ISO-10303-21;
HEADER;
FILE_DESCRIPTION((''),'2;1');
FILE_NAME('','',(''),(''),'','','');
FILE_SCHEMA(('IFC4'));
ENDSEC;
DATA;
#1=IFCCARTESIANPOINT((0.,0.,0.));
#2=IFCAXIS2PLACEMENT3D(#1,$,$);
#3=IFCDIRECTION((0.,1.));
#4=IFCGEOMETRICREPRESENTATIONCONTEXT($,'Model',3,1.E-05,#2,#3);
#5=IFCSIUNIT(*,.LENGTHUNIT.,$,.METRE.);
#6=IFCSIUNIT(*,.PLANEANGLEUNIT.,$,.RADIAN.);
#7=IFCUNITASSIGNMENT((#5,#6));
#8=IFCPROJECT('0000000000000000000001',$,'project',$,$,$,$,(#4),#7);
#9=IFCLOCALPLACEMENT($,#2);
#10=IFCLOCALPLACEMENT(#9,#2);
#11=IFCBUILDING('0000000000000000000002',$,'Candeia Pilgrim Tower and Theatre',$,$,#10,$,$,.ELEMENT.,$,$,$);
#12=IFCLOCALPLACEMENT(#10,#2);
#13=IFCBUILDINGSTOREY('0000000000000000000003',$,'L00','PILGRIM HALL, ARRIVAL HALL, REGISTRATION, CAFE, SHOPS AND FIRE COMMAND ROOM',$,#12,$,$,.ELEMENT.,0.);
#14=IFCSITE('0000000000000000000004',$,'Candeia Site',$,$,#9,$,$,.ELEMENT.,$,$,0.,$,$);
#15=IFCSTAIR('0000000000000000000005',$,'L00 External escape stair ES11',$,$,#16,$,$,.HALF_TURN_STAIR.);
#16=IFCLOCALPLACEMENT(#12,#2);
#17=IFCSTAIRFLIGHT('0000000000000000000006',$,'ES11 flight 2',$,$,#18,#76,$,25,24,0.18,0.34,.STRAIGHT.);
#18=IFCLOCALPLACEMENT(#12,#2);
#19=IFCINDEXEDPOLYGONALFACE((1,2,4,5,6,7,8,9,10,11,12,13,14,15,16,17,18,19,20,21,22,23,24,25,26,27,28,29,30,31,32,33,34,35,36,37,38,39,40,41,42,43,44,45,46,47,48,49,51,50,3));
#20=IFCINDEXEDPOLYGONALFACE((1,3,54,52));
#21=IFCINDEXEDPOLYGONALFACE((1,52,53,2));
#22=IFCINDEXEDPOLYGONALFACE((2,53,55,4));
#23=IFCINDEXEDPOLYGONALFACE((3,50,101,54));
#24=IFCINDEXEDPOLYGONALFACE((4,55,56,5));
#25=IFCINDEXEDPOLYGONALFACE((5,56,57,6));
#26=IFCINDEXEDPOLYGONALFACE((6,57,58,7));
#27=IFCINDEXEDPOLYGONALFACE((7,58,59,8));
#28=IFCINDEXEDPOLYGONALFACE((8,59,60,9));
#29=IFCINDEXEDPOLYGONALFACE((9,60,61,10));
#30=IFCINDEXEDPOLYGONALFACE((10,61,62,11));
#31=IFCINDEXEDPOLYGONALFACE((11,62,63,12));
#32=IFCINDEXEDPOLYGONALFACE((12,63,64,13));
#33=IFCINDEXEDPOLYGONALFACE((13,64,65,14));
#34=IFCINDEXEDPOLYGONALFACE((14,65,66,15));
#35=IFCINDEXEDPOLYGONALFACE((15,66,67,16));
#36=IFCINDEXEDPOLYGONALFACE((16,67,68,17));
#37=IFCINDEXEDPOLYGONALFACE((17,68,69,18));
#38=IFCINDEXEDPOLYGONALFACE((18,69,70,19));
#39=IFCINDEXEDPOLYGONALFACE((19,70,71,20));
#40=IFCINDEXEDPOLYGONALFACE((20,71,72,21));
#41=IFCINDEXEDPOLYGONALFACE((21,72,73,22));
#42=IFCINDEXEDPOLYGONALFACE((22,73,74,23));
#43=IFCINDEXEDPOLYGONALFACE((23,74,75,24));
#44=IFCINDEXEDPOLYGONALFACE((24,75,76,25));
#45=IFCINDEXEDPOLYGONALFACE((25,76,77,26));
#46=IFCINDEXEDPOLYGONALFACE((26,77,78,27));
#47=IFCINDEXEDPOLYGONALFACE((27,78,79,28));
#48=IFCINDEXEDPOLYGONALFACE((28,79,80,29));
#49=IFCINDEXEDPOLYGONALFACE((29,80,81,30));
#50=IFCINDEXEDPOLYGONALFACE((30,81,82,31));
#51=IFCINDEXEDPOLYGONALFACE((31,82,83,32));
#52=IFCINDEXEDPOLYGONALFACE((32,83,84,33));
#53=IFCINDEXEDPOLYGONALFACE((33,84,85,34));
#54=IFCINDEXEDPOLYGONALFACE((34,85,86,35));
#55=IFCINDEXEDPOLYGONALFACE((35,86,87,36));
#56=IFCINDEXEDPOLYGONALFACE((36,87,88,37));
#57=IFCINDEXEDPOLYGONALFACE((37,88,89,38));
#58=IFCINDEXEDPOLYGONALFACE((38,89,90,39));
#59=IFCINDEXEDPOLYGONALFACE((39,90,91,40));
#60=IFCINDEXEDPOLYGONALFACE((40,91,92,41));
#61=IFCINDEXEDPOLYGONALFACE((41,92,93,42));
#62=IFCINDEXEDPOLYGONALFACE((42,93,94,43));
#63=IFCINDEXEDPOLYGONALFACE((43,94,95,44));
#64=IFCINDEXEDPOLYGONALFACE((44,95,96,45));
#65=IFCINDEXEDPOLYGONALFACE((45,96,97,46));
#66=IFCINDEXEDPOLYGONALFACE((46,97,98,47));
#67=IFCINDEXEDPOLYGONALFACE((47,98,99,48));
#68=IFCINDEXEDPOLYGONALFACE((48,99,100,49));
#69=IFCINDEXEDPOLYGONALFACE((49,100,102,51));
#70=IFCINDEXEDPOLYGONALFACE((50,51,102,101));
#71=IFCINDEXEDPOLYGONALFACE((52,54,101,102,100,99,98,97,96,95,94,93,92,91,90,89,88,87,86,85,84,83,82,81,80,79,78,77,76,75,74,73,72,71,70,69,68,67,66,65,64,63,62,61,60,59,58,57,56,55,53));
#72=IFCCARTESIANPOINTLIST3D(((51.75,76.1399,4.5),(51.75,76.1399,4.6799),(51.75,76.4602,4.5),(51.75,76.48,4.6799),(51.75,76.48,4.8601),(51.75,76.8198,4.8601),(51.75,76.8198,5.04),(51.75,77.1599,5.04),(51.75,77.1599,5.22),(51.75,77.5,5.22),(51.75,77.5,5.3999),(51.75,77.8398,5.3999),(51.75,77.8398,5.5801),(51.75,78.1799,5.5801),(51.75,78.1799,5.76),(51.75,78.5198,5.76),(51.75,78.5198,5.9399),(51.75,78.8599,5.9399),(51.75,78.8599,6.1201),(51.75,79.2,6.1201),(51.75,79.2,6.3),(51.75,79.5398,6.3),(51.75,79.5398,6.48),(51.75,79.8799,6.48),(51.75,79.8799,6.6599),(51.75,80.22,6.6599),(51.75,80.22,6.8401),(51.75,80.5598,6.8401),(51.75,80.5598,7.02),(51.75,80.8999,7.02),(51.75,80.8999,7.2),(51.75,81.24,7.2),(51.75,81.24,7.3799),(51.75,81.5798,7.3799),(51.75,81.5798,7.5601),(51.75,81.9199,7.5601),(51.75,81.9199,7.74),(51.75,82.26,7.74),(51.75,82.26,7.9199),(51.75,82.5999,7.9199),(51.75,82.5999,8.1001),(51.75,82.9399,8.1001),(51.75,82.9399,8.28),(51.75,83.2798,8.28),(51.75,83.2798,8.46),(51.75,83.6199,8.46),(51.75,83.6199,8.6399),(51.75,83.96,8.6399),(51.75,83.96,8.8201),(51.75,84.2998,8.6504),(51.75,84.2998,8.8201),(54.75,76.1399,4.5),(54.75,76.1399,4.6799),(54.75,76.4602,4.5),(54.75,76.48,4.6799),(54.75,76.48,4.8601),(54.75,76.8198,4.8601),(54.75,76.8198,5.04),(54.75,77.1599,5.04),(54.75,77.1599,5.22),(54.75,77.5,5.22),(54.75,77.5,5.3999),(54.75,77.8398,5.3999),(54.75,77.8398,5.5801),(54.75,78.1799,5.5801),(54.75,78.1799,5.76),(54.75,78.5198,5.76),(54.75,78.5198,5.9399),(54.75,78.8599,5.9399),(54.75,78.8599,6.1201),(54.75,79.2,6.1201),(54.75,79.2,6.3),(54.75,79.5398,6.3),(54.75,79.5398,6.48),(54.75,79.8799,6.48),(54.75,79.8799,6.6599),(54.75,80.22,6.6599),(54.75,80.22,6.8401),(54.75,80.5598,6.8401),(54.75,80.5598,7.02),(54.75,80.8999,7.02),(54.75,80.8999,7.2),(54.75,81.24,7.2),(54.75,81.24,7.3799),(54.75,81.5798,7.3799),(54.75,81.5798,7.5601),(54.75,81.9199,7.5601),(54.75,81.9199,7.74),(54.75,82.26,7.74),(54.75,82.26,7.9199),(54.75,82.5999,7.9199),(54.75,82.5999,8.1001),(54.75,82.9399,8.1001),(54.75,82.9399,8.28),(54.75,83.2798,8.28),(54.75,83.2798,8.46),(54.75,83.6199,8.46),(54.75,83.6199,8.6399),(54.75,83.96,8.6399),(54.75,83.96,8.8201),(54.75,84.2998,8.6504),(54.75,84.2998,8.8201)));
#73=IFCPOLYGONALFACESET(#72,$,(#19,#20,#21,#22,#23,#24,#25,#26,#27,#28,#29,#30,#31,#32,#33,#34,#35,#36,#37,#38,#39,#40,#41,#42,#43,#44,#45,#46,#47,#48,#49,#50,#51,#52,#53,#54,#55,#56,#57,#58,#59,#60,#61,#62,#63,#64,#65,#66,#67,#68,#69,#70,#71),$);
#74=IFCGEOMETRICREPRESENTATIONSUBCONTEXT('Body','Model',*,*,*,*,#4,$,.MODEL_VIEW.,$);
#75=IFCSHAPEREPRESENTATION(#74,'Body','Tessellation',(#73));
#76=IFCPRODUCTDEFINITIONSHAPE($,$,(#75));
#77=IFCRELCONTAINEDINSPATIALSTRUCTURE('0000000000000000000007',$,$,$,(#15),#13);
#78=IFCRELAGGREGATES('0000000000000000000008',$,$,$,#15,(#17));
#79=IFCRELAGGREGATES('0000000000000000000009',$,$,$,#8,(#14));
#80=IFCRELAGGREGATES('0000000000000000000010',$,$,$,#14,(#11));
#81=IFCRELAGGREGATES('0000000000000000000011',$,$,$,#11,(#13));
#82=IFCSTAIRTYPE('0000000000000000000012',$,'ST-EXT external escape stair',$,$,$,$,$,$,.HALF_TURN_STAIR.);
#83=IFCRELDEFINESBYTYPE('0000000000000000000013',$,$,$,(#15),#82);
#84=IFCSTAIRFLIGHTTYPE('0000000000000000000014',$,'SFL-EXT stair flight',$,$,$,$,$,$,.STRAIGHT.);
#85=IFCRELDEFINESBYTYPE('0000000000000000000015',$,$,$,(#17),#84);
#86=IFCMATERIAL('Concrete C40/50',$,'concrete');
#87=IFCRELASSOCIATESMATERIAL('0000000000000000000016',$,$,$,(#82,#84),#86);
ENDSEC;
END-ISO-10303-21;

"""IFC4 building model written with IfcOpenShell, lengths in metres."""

from ifc_helpers import new_model, si_unit, direction, frame, origin, place, context, subcontext, project, spatial, polyline, outline, extrude, material, type_object, element, aggregate, save


model = new_model("IFC4")

# Units and contexts
model_context = context("Model", 3, precision=1e-05, world=origin(), true_north=direction((0.0, 1.0)))
body_context = subcontext(model_context, "Body", "Model", "MODEL_VIEW")
ifc_project = project(units=[si_unit("LENGTHUNIT", "METRE"), si_unit("PLANEANGLEUNIT", "RADIAN")], contexts=[model_context])

# Site, building, storey
site_placement = place(None, origin())
site = spatial("IfcSite", under=ifc_project, at=site_placement, Name="Candeia Site", CompositionType="ELEMENT", RefElevation=0.0)
building_placement = place(site_placement, origin())
building = spatial("IfcBuilding", under=site, at=building_placement, Name="Candeia Pilgrim Tower and Theatre", CompositionType="ELEMENT")
storey_placement = place(building_placement, origin())
storey = spatial("IfcBuildingStorey", under=building, at=storey_placement, Name="L00", Description="PILGRIM HALL, ARRIVAL HALL, REGISTRATION, CAFE, SHOPS AND FIRE COMMAND ROOM", CompositionType="ELEMENT", Elevation=0.0)

# Shared definitions
ifc_material_1 = material(Name="Concrete C40/50", Category="concrete")

# Stair, stair flight
stair_type = type_object("IfcStairType", Name="ST-EXT external escape stair", PredefinedType="HALF_TURN_STAIR", material=ifc_material_1)
stair_placement = place(storey_placement, origin())
stair = element("IfcStair", 1, at=stair_placement, inside=storey, type_object=stair_type, Name="L00 External escape stair ES11", PredefinedType="HALF_TURN_STAIR")
stair_flight_type = type_object("IfcStairFlightType", Name="SFL-EXT stair flight", PredefinedType="STRAIGHT", material=ifc_material_1)
stair_flight_placement = place(storey_placement, frame((53.25, 76.1399, 4.5), z_axis=(0.0, 0.0, 1.0), x_axis=(0.0, 1.0, 0.0)))
stair_flight = element("IfcStairFlight", 2, at=stair_flight_placement, type_object=stair_flight_type, Name="ES11 flight 2", NumberOfRisers=25, NumberOfTreads=24, PredefinedType="STRAIGHT", RiserHeight=0.18, TreadLength=0.34, context=body_context, shape_type="SweptSolid", body=[
    extrude(outline(polyline([(0.0, 0.0), (0.0, 0.1799), (0.3401, 0.1799), (0.3401, 0.3601), (0.6799, 0.3601), (0.6799, 0.54), (1.02, 0.54), (1.02, 0.72), (1.3601, 0.72), (1.3601, 0.8999), (1.7, 0.8999), (1.7, 1.0801), (2.04, 1.0801), (2.04, 1.26), (2.3799, 1.26), (2.3799, 1.4399), (2.72, 1.4399), (2.72, 1.6201), (3.0601, 1.6201), (3.0601, 1.8), (3.3999, 1.8), (3.3999, 1.98), (3.74, 1.98), (3.74, 2.1599), (4.0801, 2.1599), (4.0801, 2.3401), (4.4199, 2.3401), (4.4199, 2.52), (4.76, 2.52), (4.76, 2.7), (5.1001, 2.7), (5.1001, 2.8799), (5.4399, 2.8799), (5.4399, 3.0601), (5.78, 3.0601), (5.78, 3.24), (6.1201, 3.24), (6.1201, 3.4199), (6.46, 3.4199), (6.46, 3.6001), (6.8, 3.6001), (6.8, 3.78), (7.1399, 3.78), (7.1399, 3.96), (7.48, 3.96), (7.48, 4.1399), (7.8201, 4.1399), (7.8201, 4.3201), (8.1599, 4.3201), (8.1599, 4.5), (8.1599, 4.1504), (0.3203, 0.0), (0.0, 0.0)])), frame((0.0, 1.5, 0.0), z_axis=(0.0, -1.0, 0.0), x_axis=(1.0, 0.0, 0.0)), (0.0, 0.0, 1.0), 3.0),
])
aggregate(stair, [stair_flight])

save(model, "model.ifc")
